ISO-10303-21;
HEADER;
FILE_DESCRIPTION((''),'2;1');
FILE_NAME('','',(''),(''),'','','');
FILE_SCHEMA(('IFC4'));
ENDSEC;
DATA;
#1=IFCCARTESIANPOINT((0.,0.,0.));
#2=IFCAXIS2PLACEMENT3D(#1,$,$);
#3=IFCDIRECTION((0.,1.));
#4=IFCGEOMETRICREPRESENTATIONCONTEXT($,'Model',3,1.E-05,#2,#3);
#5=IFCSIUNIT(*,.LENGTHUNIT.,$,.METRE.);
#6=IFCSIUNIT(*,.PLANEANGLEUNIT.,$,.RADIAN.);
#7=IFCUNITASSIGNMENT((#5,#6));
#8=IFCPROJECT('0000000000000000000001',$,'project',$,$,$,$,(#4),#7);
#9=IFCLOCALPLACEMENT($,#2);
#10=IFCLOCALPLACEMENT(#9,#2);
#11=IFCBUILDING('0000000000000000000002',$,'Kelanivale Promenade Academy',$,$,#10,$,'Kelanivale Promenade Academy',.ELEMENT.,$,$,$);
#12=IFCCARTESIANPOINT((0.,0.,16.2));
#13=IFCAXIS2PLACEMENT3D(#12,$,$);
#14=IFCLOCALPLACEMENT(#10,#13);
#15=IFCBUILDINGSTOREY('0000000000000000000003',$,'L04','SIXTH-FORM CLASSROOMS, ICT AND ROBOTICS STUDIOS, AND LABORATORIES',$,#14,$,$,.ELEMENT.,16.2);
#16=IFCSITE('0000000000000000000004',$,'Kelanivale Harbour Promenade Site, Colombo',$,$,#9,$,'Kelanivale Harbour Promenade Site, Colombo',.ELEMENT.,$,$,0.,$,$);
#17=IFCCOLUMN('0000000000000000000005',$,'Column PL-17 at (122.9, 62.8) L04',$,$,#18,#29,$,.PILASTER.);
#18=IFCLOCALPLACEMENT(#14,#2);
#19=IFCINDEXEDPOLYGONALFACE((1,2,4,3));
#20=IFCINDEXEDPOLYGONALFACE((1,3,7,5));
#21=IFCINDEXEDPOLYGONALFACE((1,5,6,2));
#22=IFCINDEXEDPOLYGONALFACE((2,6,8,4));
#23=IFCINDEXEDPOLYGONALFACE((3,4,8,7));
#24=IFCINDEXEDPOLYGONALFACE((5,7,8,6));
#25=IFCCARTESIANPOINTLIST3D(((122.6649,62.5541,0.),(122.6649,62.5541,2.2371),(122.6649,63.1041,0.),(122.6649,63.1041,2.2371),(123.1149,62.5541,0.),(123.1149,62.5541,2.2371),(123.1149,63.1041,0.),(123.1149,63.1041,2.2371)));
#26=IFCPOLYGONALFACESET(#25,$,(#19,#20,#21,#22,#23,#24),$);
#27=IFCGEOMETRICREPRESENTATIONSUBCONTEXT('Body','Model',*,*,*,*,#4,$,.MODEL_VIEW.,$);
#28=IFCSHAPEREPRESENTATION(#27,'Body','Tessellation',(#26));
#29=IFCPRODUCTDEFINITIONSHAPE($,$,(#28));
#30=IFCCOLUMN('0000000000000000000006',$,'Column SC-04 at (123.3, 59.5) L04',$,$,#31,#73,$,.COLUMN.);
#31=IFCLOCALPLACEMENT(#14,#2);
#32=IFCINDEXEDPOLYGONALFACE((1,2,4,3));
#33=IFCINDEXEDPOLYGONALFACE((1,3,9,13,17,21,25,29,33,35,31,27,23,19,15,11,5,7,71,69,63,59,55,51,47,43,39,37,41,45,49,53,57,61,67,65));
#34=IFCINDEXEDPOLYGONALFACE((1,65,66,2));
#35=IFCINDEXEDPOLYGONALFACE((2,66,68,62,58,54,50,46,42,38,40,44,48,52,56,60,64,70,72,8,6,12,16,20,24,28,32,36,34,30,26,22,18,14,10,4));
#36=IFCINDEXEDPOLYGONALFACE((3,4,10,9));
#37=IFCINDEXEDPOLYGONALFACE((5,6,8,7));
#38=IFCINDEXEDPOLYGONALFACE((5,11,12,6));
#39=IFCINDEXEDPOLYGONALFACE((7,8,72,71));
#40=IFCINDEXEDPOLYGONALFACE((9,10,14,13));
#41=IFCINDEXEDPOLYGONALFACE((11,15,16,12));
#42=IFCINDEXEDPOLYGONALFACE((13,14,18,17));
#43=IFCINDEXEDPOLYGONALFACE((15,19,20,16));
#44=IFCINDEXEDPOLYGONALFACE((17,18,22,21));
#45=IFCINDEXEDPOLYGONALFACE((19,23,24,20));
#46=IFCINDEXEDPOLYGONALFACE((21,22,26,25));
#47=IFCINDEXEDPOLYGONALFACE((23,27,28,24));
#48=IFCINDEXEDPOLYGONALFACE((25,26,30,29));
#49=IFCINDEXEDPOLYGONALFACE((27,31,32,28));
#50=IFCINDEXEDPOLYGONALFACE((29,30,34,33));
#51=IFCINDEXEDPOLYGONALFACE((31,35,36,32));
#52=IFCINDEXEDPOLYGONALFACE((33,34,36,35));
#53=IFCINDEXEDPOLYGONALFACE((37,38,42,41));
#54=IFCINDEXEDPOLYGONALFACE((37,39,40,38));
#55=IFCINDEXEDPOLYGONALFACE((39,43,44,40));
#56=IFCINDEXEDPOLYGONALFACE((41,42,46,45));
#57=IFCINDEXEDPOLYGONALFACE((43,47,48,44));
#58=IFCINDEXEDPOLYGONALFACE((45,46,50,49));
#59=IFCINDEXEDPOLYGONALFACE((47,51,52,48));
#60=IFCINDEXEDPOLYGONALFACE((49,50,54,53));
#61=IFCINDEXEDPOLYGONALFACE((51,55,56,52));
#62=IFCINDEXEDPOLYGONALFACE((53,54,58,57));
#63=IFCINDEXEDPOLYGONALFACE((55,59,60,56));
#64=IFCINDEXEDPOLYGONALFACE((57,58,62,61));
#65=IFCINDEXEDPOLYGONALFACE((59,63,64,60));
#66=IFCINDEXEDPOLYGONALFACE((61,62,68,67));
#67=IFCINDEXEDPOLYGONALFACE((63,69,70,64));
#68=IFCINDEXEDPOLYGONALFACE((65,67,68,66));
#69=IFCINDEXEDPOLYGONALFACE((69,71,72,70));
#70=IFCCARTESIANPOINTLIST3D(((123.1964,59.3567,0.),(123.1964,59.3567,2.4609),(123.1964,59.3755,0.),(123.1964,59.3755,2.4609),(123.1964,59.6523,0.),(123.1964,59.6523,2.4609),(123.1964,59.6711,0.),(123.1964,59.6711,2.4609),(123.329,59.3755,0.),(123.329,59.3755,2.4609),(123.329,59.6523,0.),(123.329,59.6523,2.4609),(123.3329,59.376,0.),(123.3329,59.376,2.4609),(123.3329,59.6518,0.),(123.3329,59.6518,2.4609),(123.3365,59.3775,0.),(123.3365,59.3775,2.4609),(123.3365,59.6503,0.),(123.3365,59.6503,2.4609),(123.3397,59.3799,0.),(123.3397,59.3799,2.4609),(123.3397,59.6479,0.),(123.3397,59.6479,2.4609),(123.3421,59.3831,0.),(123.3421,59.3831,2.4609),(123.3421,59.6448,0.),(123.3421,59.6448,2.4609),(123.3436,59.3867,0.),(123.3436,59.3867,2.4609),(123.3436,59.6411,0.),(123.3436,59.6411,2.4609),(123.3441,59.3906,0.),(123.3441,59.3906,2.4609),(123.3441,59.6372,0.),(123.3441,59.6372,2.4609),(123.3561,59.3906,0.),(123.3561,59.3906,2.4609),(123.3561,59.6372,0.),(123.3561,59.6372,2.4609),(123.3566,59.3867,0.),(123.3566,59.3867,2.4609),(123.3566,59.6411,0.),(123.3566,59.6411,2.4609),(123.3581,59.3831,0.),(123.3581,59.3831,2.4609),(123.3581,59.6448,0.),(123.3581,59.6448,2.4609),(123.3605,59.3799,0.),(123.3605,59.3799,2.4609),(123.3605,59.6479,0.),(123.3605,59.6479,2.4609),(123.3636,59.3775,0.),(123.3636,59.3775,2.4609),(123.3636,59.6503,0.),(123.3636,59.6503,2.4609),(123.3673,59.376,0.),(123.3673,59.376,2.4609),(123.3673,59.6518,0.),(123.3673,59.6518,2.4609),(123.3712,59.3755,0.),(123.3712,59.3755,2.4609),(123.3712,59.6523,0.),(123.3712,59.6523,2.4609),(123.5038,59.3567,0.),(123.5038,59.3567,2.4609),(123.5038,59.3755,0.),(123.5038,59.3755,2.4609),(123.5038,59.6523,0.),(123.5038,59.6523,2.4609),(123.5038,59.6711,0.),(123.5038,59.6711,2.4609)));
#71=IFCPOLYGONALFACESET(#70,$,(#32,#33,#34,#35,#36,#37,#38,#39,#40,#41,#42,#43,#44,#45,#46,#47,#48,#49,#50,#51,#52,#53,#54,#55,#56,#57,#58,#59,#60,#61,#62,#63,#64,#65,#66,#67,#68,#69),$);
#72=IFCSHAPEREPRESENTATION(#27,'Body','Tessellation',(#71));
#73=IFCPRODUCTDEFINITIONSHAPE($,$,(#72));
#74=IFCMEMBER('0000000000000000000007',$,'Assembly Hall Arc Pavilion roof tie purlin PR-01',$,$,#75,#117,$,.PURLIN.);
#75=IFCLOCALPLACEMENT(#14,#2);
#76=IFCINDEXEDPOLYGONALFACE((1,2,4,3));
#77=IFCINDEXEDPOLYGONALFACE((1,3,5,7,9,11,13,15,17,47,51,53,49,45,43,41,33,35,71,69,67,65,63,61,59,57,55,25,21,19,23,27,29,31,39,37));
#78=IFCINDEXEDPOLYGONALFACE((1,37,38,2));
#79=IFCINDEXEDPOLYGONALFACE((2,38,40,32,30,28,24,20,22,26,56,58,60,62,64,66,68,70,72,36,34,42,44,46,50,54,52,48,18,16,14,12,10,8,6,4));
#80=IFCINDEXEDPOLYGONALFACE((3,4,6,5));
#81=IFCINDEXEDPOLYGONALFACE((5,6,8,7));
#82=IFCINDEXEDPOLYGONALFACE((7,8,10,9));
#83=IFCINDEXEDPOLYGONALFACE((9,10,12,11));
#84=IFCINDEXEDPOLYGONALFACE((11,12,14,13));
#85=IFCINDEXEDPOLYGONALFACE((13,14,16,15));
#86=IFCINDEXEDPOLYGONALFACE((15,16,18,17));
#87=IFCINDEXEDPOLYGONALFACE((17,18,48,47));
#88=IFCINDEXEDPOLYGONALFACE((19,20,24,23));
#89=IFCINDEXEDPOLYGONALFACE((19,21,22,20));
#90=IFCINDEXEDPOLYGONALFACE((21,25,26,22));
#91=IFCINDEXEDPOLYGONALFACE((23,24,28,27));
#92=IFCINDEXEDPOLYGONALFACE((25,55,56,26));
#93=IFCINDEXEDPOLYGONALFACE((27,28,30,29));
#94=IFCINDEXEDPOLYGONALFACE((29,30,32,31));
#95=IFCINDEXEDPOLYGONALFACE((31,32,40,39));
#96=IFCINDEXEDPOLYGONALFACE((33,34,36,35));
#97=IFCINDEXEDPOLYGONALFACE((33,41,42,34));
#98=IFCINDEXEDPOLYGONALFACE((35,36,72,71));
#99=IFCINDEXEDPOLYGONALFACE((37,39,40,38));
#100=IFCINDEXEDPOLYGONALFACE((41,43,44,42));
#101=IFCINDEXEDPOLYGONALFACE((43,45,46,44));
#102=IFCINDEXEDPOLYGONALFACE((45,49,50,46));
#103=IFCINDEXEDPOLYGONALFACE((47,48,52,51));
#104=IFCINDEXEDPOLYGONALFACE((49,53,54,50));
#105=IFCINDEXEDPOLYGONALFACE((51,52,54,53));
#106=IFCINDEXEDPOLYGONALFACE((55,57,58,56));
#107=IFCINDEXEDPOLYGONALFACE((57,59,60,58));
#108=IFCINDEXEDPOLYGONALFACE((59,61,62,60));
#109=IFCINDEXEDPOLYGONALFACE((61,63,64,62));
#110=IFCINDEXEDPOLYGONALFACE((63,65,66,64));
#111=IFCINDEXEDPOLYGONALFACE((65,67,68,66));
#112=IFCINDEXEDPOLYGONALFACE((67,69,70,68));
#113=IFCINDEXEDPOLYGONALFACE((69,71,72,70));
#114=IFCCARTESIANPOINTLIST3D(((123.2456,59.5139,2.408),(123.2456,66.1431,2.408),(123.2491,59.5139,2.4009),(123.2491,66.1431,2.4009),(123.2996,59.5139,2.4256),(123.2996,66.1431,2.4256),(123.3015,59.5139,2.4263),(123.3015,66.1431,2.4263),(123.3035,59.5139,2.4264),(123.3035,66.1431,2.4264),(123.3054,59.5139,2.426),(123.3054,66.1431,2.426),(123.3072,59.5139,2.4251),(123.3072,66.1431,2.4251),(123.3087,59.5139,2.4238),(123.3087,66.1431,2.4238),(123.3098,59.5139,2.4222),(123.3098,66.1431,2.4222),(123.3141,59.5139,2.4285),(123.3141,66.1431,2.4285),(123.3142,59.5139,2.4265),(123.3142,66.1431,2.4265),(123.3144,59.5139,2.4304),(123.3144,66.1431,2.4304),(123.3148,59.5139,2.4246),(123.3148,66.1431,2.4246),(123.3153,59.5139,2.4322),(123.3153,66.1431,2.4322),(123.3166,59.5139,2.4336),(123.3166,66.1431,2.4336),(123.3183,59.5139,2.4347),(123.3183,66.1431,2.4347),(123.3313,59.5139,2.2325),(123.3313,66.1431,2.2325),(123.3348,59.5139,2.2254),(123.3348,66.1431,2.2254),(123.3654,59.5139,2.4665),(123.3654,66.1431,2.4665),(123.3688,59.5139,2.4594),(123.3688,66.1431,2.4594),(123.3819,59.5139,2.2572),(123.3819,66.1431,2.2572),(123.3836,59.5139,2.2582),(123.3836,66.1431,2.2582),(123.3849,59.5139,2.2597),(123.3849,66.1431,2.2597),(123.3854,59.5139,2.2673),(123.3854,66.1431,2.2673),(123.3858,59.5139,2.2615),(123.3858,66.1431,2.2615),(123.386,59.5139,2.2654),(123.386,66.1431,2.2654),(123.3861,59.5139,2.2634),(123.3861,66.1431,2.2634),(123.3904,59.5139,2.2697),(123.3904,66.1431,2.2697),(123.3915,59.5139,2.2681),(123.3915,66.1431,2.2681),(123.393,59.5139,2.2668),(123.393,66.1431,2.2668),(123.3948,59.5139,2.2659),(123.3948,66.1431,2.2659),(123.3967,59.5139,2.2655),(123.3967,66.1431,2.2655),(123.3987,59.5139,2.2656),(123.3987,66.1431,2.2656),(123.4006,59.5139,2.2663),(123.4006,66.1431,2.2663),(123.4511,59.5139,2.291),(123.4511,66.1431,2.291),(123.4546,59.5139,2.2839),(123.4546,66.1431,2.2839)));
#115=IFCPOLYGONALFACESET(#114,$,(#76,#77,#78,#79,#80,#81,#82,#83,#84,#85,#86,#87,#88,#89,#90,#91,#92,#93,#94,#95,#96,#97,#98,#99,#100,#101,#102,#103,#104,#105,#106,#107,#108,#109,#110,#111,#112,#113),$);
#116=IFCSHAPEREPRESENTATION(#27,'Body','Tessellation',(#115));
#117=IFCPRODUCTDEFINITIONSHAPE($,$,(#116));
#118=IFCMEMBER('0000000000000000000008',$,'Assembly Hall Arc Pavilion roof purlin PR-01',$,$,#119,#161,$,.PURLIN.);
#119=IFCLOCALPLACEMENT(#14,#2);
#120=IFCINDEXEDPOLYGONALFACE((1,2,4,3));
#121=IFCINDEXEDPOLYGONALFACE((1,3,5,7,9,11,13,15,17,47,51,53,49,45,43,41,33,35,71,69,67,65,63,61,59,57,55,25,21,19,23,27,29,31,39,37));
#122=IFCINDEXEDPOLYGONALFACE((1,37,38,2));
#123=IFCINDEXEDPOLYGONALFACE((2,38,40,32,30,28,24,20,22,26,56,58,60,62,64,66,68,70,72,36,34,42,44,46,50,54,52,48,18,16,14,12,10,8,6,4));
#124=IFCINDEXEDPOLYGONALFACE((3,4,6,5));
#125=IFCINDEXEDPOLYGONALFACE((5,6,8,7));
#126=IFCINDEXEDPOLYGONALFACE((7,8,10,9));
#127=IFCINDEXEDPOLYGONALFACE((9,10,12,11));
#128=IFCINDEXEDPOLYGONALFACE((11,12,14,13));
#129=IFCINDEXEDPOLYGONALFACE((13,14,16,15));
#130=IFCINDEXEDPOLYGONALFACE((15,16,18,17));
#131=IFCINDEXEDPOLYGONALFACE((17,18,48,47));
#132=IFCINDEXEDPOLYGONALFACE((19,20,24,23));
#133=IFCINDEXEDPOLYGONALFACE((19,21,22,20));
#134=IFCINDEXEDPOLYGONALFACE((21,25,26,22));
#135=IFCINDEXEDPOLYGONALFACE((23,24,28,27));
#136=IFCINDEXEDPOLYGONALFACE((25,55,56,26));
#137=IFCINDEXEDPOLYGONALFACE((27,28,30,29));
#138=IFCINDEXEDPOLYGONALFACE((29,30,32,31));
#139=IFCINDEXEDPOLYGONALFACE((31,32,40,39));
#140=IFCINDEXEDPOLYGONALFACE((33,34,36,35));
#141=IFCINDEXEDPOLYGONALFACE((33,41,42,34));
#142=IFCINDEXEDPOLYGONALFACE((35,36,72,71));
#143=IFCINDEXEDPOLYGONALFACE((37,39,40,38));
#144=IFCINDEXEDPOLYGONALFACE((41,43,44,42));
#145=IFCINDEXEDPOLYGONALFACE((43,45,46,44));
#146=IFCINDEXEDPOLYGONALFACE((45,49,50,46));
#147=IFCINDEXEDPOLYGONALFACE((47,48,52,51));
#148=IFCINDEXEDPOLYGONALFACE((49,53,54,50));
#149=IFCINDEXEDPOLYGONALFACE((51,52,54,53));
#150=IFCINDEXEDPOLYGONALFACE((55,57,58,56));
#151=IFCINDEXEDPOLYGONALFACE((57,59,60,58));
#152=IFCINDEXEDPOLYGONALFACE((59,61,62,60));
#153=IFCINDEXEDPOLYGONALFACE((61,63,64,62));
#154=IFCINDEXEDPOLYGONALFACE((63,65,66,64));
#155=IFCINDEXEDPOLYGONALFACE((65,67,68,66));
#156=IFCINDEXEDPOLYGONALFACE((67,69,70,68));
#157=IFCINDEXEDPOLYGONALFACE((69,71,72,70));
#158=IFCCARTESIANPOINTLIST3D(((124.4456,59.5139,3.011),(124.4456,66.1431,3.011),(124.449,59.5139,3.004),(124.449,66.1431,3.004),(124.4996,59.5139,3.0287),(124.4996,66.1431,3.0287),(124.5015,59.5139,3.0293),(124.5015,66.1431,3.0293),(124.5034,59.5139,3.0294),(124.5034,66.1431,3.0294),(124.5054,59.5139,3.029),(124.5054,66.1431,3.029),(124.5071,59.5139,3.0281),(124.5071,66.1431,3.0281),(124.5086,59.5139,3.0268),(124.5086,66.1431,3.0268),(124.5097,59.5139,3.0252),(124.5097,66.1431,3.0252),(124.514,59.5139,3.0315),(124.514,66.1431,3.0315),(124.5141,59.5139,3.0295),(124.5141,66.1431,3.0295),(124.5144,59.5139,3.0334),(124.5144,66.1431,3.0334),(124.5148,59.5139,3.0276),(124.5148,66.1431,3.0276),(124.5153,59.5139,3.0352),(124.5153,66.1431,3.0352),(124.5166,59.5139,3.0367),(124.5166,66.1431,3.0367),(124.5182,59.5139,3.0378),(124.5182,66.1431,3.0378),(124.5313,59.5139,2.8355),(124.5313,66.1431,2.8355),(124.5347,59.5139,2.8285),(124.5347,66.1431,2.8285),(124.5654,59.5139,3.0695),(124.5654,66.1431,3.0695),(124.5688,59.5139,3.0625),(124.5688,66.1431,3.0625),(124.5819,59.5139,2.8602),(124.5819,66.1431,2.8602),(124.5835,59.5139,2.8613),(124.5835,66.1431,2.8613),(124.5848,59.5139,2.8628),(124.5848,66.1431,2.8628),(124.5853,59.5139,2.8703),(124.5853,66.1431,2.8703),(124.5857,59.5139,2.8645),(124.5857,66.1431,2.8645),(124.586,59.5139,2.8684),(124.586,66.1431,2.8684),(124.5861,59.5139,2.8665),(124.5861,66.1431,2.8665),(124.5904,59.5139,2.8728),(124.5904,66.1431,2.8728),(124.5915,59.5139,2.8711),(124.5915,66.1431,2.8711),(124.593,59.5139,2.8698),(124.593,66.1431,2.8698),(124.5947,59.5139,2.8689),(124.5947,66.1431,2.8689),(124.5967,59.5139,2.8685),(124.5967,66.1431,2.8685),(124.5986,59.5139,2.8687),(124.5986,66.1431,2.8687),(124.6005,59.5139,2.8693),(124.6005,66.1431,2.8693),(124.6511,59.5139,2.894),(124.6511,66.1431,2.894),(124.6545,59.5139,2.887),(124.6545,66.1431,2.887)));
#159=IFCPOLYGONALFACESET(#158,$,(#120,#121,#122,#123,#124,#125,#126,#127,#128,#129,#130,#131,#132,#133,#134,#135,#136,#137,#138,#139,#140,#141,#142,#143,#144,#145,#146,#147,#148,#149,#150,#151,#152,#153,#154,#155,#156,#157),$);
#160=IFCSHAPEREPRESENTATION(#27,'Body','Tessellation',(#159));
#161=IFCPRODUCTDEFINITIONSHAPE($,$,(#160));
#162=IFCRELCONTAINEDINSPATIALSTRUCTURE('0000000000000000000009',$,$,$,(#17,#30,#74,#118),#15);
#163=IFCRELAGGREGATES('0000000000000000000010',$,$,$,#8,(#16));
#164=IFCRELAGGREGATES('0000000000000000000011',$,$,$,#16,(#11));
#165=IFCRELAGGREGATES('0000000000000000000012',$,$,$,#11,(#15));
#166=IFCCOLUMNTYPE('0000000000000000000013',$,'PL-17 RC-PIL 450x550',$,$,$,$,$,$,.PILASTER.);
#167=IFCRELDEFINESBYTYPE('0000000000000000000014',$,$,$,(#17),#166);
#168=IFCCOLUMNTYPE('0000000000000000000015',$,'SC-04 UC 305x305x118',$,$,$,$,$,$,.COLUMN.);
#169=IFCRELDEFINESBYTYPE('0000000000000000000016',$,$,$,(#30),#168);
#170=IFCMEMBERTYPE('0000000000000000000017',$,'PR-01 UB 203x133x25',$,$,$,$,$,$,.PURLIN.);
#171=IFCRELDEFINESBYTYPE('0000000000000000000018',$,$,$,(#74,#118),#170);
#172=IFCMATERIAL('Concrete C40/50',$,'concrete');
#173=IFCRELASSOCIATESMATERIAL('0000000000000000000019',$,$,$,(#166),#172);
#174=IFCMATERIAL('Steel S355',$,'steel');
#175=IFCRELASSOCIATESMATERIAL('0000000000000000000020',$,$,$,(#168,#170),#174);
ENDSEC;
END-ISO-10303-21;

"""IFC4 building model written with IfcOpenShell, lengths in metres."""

from ifc_helpers import new_model, si_unit, direction, frame, origin, origin_2d, place, context, subcontext, project, spatial, rectangle, i_section, extrude, material, material_profile, profile_set, type_object, element, save


model = new_model("IFC4")

# Units and contexts
model_context = context("Model", 3, precision=1e-05, world=origin(), true_north=direction((0.0, 1.0)))
body_context = subcontext(model_context, "Body", "Model", "MODEL_VIEW")
ifc_project = project(units=[si_unit("LENGTHUNIT", "METRE"), si_unit("PLANEANGLEUNIT", "RADIAN")], contexts=[model_context])

# Site, building, storey
site_placement = place(None, origin())
site = spatial("IfcSite", under=ifc_project, at=site_placement, Name="Kelanivale Harbour Promenade Site, Colombo", LongName="Kelanivale Harbour Promenade Site, Colombo", CompositionType="ELEMENT", RefElevation=0.0)
building_placement = place(site_placement, origin())
building = spatial("IfcBuilding", under=site, at=building_placement, Name="Kelanivale Promenade Academy", LongName="Kelanivale Promenade Academy", CompositionType="ELEMENT")
storey_placement = place(building_placement, frame((0.0, 0.0, 16.2)))
storey = spatial("IfcBuildingStorey", under=building, at=storey_placement, Name="L04", Description="SIXTH-FORM CLASSROOMS, ICT AND ROBOTICS STUDIOS, AND LABORATORIES", CompositionType="ELEMENT", Elevation=16.2)

# Columns
ifc_material_1 = material(Name="Concrete C40/50", Category="concrete")
ifc_material_profile_1 = material_profile(ifc_material_1, rectangle(XDim=0.45, YDim=0.55, at=origin_2d()), Name="RC-PIL 450x550")
ifc_profile_set_1 = profile_set([ifc_material_profile_1], Name="Concrete C40/50")
column_type_1 = type_object("IfcColumnType", Name="PL-17 RC-PIL 450x550", PredefinedType="PILASTER", material=ifc_profile_set_1)
column_1_placement = place(storey_placement, frame((122.8899, 62.8291, 0.0), z_axis=(0.0, 0.0, 1.0), x_axis=(1.0, 0.0, 0.0)))
element("IfcColumn", 1, at=column_1_placement, inside=storey, type_object=column_type_1, Name="Column PL-17 at (122.9, 62.8) L04", PredefinedType="PILASTER", context=body_context, shape_type="SweptSolid", body=[
    extrude(rectangle(XDim=0.45, YDim=0.55, at=origin_2d()), origin(), (0.0, 0.0, 1.0), 2.2371),
])
ifc_material_2 = material(Name="Steel S355", Category="steel")
ifc_material_profile_2 = material_profile(ifc_material_2, i_section(OverallWidth=0.3074, OverallDepth=0.3145, WebThickness=0.012, FlangeThickness=0.0188, FilletRadius=0.0151, at=origin_2d()), Name="UC 305x305x118")
ifc_profile_set_2 = profile_set([ifc_material_profile_2], Name="Steel S355")
column_type_2 = type_object("IfcColumnType", Name="SC-04 UC 305x305x118", PredefinedType="COLUMN", material=ifc_profile_set_2)
column_2_placement = place(storey_placement, frame((123.3501, 59.5139, 0.0), z_axis=(0.0, 0.0, 1.0), x_axis=(1.0, 0.0, 0.0)))
element("IfcColumn", 2, at=column_2_placement, inside=storey, type_object=column_type_2, Name="Column SC-04 at (123.3, 59.5) L04", PredefinedType="COLUMN", context=body_context, shape_type="SweptSolid", body=[
    extrude(i_section(OverallWidth=0.3074, OverallDepth=0.3145, WebThickness=0.012, FlangeThickness=0.0188, FilletRadius=0.0151, at=origin_2d()), origin(), (0.0, 0.0, 1.0), 2.4609),
])

# Members
ifc_material_profile_3 = material_profile(ifc_material_2, i_section(OverallWidth=0.1333, OverallDepth=0.2031, WebThickness=0.0056, FlangeThickness=0.0078, FilletRadius=0.0076, at=origin_2d()), Name="UB 203x133x25")
ifc_profile_set_3 = profile_set([ifc_material_profile_3], Name="Steel S355")
member_type_1 = type_object("IfcMemberType", Name="PR-01 UB 203x133x25", PredefinedType="PURLIN", material=ifc_profile_set_3)
for number, where, z_axis, x_axis, name in (
    (3, (123.3501, 59.5139, 2.3459), (0.0, 1.0, 0.0), (-0.898564, 0.0, -0.438842), "Assembly Hall Arc Pavilion roof tie purlin PR-01"),
    (4, (124.55, 59.5139, 2.949), (0.0, 1.0, 0.0), (-0.898564, 0.0, -0.438842), "Assembly Hall Arc Pavilion roof purlin PR-01"),
):
    element("IfcMember", number, at=place(storey_placement, frame(where, z_axis=z_axis, x_axis=x_axis)), inside=storey, type_object=member_type_1, Name=name, PredefinedType="PURLIN", context=body_context, shape_type="SweptSolid", body=[
        extrude(i_section(OverallWidth=0.1333, OverallDepth=0.2031, WebThickness=0.0056, FlangeThickness=0.0078, FilletRadius=0.0076, at=origin_2d()), origin(), (0.0, 0.0, 1.0), 6.6292),
    ])

save(model, "model.ifc")
